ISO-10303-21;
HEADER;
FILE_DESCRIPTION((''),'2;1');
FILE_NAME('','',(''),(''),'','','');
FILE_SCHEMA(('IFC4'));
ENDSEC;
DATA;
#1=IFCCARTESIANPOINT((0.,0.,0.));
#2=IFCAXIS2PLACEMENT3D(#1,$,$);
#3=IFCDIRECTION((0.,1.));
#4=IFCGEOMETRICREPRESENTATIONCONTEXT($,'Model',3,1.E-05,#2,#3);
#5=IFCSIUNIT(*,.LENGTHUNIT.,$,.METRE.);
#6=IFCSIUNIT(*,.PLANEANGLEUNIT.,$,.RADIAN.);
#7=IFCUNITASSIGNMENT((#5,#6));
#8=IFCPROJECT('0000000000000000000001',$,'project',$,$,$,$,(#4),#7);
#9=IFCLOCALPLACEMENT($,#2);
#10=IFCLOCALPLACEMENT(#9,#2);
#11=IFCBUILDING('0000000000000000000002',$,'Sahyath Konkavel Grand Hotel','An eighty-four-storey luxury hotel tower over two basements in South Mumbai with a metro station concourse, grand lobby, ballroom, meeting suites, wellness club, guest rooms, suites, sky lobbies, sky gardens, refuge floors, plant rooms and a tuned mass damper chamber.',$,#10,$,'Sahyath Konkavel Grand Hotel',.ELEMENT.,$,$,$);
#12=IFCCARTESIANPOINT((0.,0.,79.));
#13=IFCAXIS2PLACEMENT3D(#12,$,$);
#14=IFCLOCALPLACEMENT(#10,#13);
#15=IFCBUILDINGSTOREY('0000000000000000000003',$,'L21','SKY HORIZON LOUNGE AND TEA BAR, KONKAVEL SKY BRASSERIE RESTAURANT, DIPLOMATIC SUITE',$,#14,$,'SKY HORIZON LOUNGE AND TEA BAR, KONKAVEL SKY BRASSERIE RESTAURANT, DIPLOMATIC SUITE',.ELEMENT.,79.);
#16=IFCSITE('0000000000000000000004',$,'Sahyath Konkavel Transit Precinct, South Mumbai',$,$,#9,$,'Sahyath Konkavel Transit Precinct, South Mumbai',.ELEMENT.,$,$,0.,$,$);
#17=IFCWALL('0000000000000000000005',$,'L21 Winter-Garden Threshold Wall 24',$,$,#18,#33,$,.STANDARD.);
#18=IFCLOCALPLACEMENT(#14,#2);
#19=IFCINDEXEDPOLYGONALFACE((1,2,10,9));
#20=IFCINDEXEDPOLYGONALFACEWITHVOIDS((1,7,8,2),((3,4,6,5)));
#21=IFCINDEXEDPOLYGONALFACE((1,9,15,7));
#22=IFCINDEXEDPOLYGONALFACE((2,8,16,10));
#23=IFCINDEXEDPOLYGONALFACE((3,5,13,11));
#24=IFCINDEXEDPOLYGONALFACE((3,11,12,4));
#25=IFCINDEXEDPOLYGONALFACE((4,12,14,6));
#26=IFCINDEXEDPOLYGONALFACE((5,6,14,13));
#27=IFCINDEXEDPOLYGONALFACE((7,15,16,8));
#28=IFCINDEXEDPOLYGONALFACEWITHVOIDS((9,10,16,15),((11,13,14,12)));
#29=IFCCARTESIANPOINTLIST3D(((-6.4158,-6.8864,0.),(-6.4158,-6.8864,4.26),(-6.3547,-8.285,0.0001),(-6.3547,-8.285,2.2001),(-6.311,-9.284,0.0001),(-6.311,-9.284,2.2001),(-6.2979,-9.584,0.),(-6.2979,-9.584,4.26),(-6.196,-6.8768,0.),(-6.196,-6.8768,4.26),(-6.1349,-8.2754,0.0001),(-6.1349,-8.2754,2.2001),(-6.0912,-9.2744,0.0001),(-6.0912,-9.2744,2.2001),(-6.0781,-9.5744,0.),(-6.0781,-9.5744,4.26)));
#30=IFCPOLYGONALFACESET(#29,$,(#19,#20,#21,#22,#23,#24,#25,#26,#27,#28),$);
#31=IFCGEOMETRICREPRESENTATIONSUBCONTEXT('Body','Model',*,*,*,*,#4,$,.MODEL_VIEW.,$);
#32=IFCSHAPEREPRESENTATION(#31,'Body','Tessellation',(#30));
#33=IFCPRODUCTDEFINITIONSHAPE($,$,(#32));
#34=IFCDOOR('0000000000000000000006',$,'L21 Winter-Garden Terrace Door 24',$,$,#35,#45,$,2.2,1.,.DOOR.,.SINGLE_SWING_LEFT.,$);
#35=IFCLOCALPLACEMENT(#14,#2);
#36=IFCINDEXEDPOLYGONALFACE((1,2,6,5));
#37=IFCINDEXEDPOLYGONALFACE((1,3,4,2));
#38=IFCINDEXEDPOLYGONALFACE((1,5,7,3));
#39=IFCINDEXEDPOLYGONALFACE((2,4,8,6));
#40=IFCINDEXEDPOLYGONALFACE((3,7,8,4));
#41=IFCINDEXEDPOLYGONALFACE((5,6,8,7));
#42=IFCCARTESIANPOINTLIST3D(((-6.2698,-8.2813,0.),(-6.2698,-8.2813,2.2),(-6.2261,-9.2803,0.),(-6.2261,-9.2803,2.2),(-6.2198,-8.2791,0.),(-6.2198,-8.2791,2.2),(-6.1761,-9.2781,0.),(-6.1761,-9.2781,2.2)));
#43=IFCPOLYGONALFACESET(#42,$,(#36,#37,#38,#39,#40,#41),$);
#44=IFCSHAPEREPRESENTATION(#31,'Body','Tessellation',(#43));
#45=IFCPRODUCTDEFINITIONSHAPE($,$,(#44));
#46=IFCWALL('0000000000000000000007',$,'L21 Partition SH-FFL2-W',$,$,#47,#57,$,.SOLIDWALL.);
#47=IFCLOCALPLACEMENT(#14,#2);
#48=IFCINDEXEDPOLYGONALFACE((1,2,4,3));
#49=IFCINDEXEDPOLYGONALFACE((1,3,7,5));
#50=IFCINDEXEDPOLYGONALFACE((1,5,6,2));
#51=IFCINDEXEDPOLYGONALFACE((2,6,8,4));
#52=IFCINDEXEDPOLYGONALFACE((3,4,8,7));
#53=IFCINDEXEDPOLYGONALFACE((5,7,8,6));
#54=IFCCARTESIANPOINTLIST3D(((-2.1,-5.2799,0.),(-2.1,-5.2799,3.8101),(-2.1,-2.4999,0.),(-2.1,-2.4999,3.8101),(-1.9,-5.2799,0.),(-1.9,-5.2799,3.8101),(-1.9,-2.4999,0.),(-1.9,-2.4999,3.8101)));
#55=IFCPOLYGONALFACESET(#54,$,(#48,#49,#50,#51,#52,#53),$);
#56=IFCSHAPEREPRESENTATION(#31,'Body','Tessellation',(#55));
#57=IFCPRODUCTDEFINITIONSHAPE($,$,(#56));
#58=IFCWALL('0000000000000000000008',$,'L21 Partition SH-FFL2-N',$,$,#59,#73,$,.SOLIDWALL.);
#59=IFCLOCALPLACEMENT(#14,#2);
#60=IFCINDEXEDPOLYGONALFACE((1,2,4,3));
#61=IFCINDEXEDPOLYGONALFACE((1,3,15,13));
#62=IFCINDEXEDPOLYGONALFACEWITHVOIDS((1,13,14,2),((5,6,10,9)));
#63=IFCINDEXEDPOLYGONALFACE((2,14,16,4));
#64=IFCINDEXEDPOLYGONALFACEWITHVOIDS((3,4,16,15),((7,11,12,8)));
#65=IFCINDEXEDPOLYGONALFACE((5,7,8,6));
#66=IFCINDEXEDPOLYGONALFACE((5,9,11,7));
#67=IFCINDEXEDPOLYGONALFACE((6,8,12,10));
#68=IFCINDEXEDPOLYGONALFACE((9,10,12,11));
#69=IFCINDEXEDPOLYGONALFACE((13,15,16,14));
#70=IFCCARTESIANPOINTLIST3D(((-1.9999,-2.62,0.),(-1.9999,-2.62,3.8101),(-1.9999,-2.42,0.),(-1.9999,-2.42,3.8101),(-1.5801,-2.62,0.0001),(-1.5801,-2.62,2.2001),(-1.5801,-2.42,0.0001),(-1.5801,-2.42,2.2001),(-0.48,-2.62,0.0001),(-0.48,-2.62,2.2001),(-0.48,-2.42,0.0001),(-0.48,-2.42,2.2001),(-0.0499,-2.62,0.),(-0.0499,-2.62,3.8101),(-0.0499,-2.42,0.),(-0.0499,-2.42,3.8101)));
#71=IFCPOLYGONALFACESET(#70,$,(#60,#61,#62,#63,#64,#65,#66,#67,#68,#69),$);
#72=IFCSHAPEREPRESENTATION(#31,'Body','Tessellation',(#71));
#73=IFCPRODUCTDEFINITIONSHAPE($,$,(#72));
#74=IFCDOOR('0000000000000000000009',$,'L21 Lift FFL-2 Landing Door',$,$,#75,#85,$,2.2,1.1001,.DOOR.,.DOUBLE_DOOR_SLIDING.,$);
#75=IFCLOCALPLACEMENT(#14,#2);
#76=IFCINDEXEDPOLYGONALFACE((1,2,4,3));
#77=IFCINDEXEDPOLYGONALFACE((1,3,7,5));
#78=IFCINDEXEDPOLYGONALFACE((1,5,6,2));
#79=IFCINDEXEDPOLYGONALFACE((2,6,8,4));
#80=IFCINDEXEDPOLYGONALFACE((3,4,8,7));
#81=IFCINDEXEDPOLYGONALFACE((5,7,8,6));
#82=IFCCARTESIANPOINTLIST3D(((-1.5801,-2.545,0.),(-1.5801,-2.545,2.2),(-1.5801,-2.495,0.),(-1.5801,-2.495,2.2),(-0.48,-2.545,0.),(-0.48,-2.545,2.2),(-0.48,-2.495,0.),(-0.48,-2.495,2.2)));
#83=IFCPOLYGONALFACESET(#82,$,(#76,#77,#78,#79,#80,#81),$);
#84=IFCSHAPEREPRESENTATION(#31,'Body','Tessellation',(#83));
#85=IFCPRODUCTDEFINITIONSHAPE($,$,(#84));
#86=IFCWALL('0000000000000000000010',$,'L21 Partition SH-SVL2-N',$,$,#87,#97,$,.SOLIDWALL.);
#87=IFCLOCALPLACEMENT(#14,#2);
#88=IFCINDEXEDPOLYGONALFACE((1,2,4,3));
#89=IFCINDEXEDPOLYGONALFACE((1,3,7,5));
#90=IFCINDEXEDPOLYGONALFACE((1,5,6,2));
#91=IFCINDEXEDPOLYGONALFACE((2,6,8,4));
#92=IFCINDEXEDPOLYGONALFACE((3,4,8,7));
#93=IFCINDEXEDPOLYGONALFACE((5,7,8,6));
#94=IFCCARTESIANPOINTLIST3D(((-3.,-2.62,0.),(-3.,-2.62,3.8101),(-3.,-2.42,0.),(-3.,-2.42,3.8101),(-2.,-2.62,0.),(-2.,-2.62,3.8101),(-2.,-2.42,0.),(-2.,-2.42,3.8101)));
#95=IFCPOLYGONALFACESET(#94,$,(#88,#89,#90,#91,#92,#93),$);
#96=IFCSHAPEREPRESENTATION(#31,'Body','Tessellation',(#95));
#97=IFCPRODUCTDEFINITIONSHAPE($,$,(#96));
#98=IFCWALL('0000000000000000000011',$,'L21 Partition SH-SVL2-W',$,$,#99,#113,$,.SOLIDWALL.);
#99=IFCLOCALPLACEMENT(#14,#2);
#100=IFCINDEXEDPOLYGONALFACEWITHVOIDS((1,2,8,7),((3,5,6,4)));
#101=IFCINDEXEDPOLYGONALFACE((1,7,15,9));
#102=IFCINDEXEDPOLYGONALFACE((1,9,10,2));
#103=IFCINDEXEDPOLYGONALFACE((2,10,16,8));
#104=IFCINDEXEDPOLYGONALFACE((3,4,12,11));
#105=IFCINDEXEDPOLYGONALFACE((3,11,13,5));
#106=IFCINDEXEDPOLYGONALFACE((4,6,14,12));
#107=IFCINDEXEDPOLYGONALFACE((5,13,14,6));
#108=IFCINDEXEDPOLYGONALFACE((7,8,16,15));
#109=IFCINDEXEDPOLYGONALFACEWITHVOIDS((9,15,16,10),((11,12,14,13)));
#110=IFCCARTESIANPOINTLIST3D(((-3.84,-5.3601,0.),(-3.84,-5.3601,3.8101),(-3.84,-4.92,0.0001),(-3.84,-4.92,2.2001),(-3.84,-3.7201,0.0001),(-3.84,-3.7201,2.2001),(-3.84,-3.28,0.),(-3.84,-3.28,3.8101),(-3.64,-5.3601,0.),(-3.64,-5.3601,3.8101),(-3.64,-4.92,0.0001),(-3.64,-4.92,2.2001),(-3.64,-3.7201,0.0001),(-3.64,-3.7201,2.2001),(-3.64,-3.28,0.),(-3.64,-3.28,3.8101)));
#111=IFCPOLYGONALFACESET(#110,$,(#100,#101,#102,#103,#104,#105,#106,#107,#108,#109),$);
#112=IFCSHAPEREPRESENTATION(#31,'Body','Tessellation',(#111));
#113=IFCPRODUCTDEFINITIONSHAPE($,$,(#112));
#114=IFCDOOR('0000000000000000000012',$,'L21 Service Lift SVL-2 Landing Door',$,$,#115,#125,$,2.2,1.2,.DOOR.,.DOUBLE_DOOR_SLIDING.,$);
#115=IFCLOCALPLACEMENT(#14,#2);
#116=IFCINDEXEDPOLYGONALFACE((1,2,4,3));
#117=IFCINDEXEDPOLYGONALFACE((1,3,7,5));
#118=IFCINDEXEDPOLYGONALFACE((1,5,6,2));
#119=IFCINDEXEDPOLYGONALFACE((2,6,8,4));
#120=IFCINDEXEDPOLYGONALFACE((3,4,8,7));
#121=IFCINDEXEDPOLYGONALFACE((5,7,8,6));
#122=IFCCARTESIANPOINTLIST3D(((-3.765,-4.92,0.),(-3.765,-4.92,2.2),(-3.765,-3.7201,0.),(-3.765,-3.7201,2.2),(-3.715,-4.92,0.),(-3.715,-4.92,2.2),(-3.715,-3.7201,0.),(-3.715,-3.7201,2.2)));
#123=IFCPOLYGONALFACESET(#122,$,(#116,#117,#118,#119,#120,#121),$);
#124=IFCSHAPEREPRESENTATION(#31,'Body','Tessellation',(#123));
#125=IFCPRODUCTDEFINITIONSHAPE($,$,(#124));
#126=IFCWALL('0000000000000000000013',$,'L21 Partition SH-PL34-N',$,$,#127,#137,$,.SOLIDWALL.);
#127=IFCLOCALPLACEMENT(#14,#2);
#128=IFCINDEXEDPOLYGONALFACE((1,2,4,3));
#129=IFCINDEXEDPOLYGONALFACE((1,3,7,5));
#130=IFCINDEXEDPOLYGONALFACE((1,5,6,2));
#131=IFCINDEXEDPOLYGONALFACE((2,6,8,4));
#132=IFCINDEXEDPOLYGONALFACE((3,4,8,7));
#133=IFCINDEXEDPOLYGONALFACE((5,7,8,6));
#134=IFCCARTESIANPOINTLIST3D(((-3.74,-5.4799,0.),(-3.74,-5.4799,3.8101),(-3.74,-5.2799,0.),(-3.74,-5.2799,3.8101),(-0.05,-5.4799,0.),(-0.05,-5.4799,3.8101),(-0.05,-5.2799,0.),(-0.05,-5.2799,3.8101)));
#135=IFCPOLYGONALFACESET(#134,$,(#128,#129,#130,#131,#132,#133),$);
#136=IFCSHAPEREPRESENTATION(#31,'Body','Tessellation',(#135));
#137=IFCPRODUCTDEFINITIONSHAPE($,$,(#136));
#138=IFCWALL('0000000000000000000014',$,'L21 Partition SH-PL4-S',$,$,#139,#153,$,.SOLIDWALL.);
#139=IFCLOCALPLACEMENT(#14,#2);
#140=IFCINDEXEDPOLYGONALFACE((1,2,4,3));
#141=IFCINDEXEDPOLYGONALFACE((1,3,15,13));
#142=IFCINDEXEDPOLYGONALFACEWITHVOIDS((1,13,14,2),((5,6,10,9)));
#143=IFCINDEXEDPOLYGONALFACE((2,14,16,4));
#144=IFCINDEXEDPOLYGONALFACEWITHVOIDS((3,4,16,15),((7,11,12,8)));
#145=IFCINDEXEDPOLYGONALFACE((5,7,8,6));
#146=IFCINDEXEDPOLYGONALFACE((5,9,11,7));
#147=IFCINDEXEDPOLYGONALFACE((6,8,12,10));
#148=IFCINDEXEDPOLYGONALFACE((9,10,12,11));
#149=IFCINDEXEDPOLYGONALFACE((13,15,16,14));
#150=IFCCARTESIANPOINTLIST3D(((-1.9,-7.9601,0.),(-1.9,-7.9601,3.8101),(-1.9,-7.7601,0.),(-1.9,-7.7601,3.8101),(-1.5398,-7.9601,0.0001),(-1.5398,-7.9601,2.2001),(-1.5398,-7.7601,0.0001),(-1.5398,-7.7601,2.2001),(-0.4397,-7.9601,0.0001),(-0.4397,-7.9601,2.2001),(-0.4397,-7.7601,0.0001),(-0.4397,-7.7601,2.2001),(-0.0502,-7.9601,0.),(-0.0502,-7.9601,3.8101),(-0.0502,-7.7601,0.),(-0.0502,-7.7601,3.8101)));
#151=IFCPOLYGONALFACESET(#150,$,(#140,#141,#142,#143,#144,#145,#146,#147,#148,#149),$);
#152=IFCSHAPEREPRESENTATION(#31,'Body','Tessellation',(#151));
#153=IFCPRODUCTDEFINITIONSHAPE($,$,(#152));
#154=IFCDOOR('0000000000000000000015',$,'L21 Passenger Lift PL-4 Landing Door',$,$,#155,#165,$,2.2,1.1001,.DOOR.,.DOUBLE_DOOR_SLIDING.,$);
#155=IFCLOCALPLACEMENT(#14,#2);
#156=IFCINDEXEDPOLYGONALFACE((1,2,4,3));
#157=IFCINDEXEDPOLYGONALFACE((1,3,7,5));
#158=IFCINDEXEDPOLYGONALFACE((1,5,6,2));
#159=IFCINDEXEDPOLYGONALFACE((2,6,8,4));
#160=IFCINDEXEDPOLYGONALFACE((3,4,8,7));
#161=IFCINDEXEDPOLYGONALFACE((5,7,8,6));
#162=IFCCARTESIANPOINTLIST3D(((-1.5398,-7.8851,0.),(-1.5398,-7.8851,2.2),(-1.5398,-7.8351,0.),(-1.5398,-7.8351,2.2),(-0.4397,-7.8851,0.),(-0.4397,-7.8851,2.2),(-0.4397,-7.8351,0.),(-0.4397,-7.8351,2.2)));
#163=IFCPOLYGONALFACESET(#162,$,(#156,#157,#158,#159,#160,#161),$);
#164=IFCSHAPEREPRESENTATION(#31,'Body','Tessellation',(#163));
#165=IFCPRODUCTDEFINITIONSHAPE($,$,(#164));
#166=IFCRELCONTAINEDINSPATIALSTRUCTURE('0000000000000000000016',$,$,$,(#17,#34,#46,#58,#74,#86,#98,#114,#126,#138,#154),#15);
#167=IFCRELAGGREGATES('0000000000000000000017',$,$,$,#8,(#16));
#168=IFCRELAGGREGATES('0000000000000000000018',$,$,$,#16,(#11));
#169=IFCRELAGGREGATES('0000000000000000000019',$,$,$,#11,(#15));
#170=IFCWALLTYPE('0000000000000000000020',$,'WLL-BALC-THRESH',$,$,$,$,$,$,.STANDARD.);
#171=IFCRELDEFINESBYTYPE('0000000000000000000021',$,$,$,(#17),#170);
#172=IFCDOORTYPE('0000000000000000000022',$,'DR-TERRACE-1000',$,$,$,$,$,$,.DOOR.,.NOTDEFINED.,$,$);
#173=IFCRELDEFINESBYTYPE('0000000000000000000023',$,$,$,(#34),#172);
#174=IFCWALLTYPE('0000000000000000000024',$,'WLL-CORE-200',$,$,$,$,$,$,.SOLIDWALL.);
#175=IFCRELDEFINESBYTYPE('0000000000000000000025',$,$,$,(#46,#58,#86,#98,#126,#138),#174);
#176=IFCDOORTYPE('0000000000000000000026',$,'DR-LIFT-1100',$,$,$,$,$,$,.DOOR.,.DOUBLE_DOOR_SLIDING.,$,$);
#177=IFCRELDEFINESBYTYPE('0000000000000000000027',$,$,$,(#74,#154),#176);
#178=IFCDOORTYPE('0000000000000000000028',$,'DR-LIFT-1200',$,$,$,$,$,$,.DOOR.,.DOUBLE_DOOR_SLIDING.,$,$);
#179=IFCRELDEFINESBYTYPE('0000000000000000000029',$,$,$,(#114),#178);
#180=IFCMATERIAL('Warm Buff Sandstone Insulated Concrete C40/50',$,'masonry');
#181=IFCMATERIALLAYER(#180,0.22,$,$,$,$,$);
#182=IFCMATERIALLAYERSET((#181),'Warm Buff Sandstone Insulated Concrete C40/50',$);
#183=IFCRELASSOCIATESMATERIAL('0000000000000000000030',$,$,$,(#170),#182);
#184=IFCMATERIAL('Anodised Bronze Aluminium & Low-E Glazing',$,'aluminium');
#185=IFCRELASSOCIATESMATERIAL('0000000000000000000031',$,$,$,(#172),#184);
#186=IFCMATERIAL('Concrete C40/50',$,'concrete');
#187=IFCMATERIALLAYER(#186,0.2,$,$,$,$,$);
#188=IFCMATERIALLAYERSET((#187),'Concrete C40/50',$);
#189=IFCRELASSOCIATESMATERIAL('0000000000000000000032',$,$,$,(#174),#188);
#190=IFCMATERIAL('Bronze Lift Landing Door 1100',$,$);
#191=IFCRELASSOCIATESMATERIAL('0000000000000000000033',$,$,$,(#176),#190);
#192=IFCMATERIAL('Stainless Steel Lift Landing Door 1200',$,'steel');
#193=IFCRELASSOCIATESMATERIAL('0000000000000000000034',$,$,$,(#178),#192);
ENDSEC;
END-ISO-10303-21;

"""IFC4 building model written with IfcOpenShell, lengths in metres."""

from ifc_helpers import new_model, si_unit, direction, frame, frame_2d, origin, origin_2d, place, context, subcontext, project, spatial, rectangle, extrude, source, transform, mapped, material, layer, layer_set, type_object, element, fill, save


model = new_model("IFC4")

# Units and contexts
model_context = context("Model", 3, precision=1e-05, world=origin(), true_north=direction((0.0, 1.0)))
body_context = subcontext(model_context, "Body", "Model", "MODEL_VIEW")
ifc_project = project(units=[si_unit("LENGTHUNIT", "METRE"), si_unit("PLANEANGLEUNIT", "RADIAN")], contexts=[model_context])

# Site, building, storey
site_placement = place(None, origin())
site = spatial("IfcSite", under=ifc_project, at=site_placement, Name="Sahyath Konkavel Transit Precinct, South Mumbai", LongName="Sahyath Konkavel Transit Precinct, South Mumbai", CompositionType="ELEMENT", RefElevation=0.0)
building_placement = place(site_placement, origin())
building = spatial("IfcBuilding", under=site, at=building_placement, Name="Sahyath Konkavel Grand Hotel", Description="An eighty-four-storey luxury hotel tower over two basements in South Mumbai with a metro station concourse, grand lobby, ballroom, meeting suites, wellness club, guest rooms, suites, sky lobbies, sky gardens, refuge floors, plant rooms and a tuned mass damper chamber.", LongName="Sahyath Konkavel Grand Hotel", CompositionType="ELEMENT")
storey_placement = place(building_placement, frame((0.0, 0.0, 79.0)))
storey = spatial("IfcBuildingStorey", under=building, at=storey_placement, Name="L21", Description="SKY HORIZON LOUNGE AND TEA BAR, KONKAVEL SKY BRASSERIE RESTAURANT, DIPLOMATIC SUITE", LongName="SKY HORIZON LOUNGE AND TEA BAR, KONKAVEL SKY BRASSERIE RESTAURANT, DIPLOMATIC SUITE", CompositionType="ELEMENT", Elevation=79.0)

# Shared definitions
ifc_material_1 = material(Name="Anodised Bronze Aluminium & Low-E Glazing", Category="aluminium")

# Wall, opening, door
ifc_material_2 = material(Name="Warm Buff Sandstone Insulated Concrete C40/50", Category="masonry")
ifc_layer_1 = layer(ifc_material_2, 0.22)
ifc_layer_set_1 = layer_set([ifc_layer_1], Name="Warm Buff Sandstone Insulated Concrete C40/50")
wall_type_1 = type_object("IfcWallType", Name="WLL-BALC-THRESH", PredefinedType="STANDARD", material=ifc_layer_set_1)
wall_1_placement = place(storey_placement, frame((-6.3059, -6.8816, 0.0), z_axis=(0.0, 0.0, 1.0), x_axis=(0.043673, -0.999046, 0.0)))
wall_1 = element("IfcWall", 1, at=wall_1_placement, inside=storey, type_object=wall_type_1, Name="L21 Winter-Garden Threshold Wall 24", PredefinedType="STANDARD", context=body_context, shape_type="SweptSolid", body=[
    extrude(rectangle(XDim=2.7002, YDim=0.22, at=frame_2d((1.3501, 0.0))), origin(), (0.0, 0.0, 1.0), 4.26),
])
opening_1_placement = place(wall_1_placement, frame((1.3999, 0.0, 0.0)))
opening_1 = element("IfcOpeningElement", 2, at=opening_1_placement, cuts=wall_1, PredefinedType="OPENING", context=body_context, shape_type="SweptSolid", body=[
    extrude(rectangle(XDim=1.0, YDim=2.2, at=frame_2d((0.5, 1.1001))), frame((0.0, 0.1201, 0.0), z_axis=(0.0, -1.0, 0.0), x_axis=(1.0, 0.0, 0.0)), (0.0, 0.0, 1.0), 0.24),
])
door_type_1 = type_object("IfcDoorType", Name="DR-TERRACE-1000", OperationType="NOTDEFINED", PredefinedType="DOOR", material=ifc_material_1)
shared_shape_1 = source(origin(), body_context, "Body", "SweptSolid", [
    extrude(rectangle(XDim=1.0, YDim=0.05, at=origin_2d()), origin(), (0.0, 0.0, 1.0), 2.2),
])
door_1_placement = place(opening_1_placement, frame((0.5, 0.0, 0.0)))
door_1 = element("IfcDoor", 3, at=door_1_placement, inside=storey, type_object=door_type_1, Name="L21 Winter-Garden Terrace Door 24", OperationType="SINGLE_SWING_LEFT", OverallHeight=2.2, OverallWidth=1.0, PredefinedType="DOOR", context=body_context, shape_type="MappedRepresentation", body=[
    mapped(shared_shape_1, transform((0.0, 0.0, 0.0), scale=1.0)),
])
fill(opening_1, door_1)

# Wall
ifc_material_3 = material(Name="Concrete C40/50", Category="concrete")
ifc_layer_2 = layer(ifc_material_3, 0.2)
ifc_layer_set_2 = layer_set([ifc_layer_2], Name="Concrete C40/50")
wall_type_2 = type_object("IfcWallType", Name="WLL-CORE-200", PredefinedType="SOLIDWALL", material=ifc_layer_set_2)
wall_2_placement = place(storey_placement, frame((-2.0, -5.28, 0.0), z_axis=(0.0, 0.0, 1.0), x_axis=(0.0, 1.0, 0.0)))
element("IfcWall", 4, at=wall_2_placement, inside=storey, type_object=wall_type_2, Name="L21 Partition SH-FFL2-W", PredefinedType="SOLIDWALL", context=body_context, shape_type="SweptSolid", body=[
    extrude(rectangle(XDim=2.78, YDim=0.2, at=frame_2d((1.3901, 0.0))), origin(), (0.0, 0.0, 1.0), 3.8101),
])

# Wall, opening, door
wall_3_placement = place(storey_placement, frame((-2.0, -2.52, 0.0), z_axis=(0.0, 0.0, 1.0), x_axis=(1.0, 0.0, 0.0)))
wall_3 = element("IfcWall", 5, at=wall_3_placement, inside=storey, type_object=wall_type_2, Name="L21 Partition SH-FFL2-N", PredefinedType="SOLIDWALL", context=body_context, shape_type="SweptSolid", body=[
    extrude(rectangle(XDim=1.95, YDim=0.2, at=frame_2d((0.9751, 0.0))), origin(), (0.0, 0.0, 1.0), 3.8101),
])
opening_2_placement = place(wall_3_placement, frame((0.4199, 0.0, 0.0)))
opening_2 = element("IfcOpeningElement", 6, at=opening_2_placement, cuts=wall_3, PredefinedType="OPENING", context=body_context, shape_type="SweptSolid", body=[
    extrude(rectangle(XDim=1.1001, YDim=2.2, at=frame_2d((0.55, 1.1001))), frame((0.0, 0.1099, 0.0), z_axis=(0.0, -1.0, 0.0), x_axis=(1.0, 0.0, 0.0)), (0.0, 0.0, 1.0), 0.22),
])
ifc_material_4 = material(Name="Bronze Lift Landing Door 1100")
door_type_2 = type_object("IfcDoorType", Name="DR-LIFT-1100", OperationType="DOUBLE_DOOR_SLIDING", PredefinedType="DOOR", material=ifc_material_4)
shared_shape_2 = source(origin(), body_context, "Body", "SweptSolid", [
    extrude(rectangle(XDim=1.1001, YDim=0.05, at=origin_2d()), origin(), (0.0, 0.0, 1.0), 2.2),
])
door_2_placement = place(opening_2_placement, frame((0.55, 0.0, 0.0)))
door_2 = element("IfcDoor", 7, at=door_2_placement, inside=storey, type_object=door_type_2, Name="L21 Lift FFL-2 Landing Door", OperationType="DOUBLE_DOOR_SLIDING", OverallHeight=2.2, OverallWidth=1.1001, PredefinedType="DOOR", context=body_context, shape_type="MappedRepresentation", body=[
    mapped(shared_shape_2, transform((0.0, 0.0, 0.0), scale=1.0)),
])
fill(opening_2, door_2)

# Wall
wall_4_placement = place(storey_placement, frame((-3.0, -2.52, 0.0), z_axis=(0.0, 0.0, 1.0), x_axis=(1.0, 0.0, 0.0)))
element("IfcWall", 8, at=wall_4_placement, inside=storey, type_object=wall_type_2, Name="L21 Partition SH-SVL2-N", PredefinedType="SOLIDWALL", context=body_context, shape_type="SweptSolid", body=[
    extrude(rectangle(XDim=1.0, YDim=0.2, at=frame_2d((0.5, 0.0))), origin(), (0.0, 0.0, 1.0), 3.8101),
])

# Wall, opening, door
wall_5_placement = place(storey_placement, frame((-3.74, -5.3601, 0.0), z_axis=(0.0, 0.0, 1.0), x_axis=(0.0, 1.0, 0.0)))
wall_5 = element("IfcWall", 9, at=wall_5_placement, inside=storey, type_object=wall_type_2, Name="L21 Partition SH-SVL2-W", PredefinedType="SOLIDWALL", context=body_context, shape_type="SweptSolid", body=[
    extrude(rectangle(XDim=2.0801, YDim=0.2, at=frame_2d((1.04, 0.0))), origin(), (0.0, 0.0, 1.0), 3.8101),
])
opening_3_placement = place(wall_5_placement, frame((0.4399, 0.0, 0.0)))
opening_3 = element("IfcOpeningElement", 10, at=opening_3_placement, cuts=wall_5, PredefinedType="OPENING", context=body_context, shape_type="SweptSolid", body=[
    extrude(rectangle(XDim=1.2, YDim=2.2, at=frame_2d((0.6001, 1.1001))), frame((0.0, 0.1099, 0.0), z_axis=(0.0, -1.0, 0.0), x_axis=(1.0, 0.0, 0.0)), (0.0, 0.0, 1.0), 0.22),
])
ifc_material_5 = material(Name="Stainless Steel Lift Landing Door 1200", Category="steel")
door_type_3 = type_object("IfcDoorType", Name="DR-LIFT-1200", OperationType="DOUBLE_DOOR_SLIDING", PredefinedType="DOOR", material=ifc_material_5)
shared_shape_3 = source(origin(), body_context, "Body", "SweptSolid", [
    extrude(rectangle(XDim=1.2, YDim=0.05, at=origin_2d()), origin(), (0.0, 0.0, 1.0), 2.2),
])
door_3_placement = place(opening_3_placement, frame((0.6001, 0.0, 0.0)))
door_3 = element("IfcDoor", 11, at=door_3_placement, inside=storey, type_object=door_type_3, Name="L21 Service Lift SVL-2 Landing Door", OperationType="DOUBLE_DOOR_SLIDING", OverallHeight=2.2, OverallWidth=1.2, PredefinedType="DOOR", context=body_context, shape_type="MappedRepresentation", body=[
    mapped(shared_shape_3, transform((0.0, 0.0, 0.0), scale=1.0)),
])
fill(opening_3, door_3)

# Wall
wall_6_placement = place(storey_placement, frame((-3.74, -5.3799, 0.0), z_axis=(0.0, 0.0, 1.0), x_axis=(1.0, 0.0, 0.0)))
element("IfcWall", 12, at=wall_6_placement, inside=storey, type_object=wall_type_2, Name="L21 Partition SH-PL34-N", PredefinedType="SOLIDWALL", context=body_context, shape_type="SweptSolid", body=[
    extrude(rectangle(XDim=3.6899, YDim=0.2, at=frame_2d((1.845, 0.0))), origin(), (0.0, 0.0, 1.0), 3.8101),
])

# Wall, opening, door
wall_7_placement = place(storey_placement, frame((-1.8999, -7.8601, 0.0), z_axis=(0.0, 0.0, 1.0), x_axis=(1.0, 0.0, 0.0)))
wall_7 = element("IfcWall", 13, at=wall_7_placement, inside=storey, type_object=wall_type_2, Name="L21 Partition SH-PL4-S", PredefinedType="SOLIDWALL", context=body_context, shape_type="SweptSolid", body=[
    extrude(rectangle(XDim=1.8499, YDim=0.2, at=frame_2d((0.9248, 0.0))), origin(), (0.0, 0.0, 1.0), 3.8101),
])
opening_4_placement = place(wall_7_placement, frame((0.3601, 0.0, 0.0)))
opening_4 = element("IfcOpeningElement", 14, at=opening_4_placement, cuts=wall_7, PredefinedType="OPENING", context=body_context, shape_type="SweptSolid", body=[
    extrude(rectangle(XDim=1.1001, YDim=2.2, at=frame_2d((0.55, 1.1001))), frame((0.0, 0.1099, 0.0), z_axis=(0.0, -1.0, 0.0), x_axis=(1.0, 0.0, 0.0)), (0.0, 0.0, 1.0), 0.22),
])
door_4_placement = place(opening_4_placement, frame((0.55, 0.0, 0.0)))
door_4 = element("IfcDoor", 15, at=door_4_placement, inside=storey, type_object=door_type_2, Name="L21 Passenger Lift PL-4 Landing Door", OperationType="DOUBLE_DOOR_SLIDING", OverallHeight=2.2, OverallWidth=1.1001, PredefinedType="DOOR", context=body_context, shape_type="MappedRepresentation", body=[
    mapped(shared_shape_2, transform((0.0, 0.0, 0.0), scale=1.0)),
])
fill(opening_4, door_4)

save(model, "model.ifc")
